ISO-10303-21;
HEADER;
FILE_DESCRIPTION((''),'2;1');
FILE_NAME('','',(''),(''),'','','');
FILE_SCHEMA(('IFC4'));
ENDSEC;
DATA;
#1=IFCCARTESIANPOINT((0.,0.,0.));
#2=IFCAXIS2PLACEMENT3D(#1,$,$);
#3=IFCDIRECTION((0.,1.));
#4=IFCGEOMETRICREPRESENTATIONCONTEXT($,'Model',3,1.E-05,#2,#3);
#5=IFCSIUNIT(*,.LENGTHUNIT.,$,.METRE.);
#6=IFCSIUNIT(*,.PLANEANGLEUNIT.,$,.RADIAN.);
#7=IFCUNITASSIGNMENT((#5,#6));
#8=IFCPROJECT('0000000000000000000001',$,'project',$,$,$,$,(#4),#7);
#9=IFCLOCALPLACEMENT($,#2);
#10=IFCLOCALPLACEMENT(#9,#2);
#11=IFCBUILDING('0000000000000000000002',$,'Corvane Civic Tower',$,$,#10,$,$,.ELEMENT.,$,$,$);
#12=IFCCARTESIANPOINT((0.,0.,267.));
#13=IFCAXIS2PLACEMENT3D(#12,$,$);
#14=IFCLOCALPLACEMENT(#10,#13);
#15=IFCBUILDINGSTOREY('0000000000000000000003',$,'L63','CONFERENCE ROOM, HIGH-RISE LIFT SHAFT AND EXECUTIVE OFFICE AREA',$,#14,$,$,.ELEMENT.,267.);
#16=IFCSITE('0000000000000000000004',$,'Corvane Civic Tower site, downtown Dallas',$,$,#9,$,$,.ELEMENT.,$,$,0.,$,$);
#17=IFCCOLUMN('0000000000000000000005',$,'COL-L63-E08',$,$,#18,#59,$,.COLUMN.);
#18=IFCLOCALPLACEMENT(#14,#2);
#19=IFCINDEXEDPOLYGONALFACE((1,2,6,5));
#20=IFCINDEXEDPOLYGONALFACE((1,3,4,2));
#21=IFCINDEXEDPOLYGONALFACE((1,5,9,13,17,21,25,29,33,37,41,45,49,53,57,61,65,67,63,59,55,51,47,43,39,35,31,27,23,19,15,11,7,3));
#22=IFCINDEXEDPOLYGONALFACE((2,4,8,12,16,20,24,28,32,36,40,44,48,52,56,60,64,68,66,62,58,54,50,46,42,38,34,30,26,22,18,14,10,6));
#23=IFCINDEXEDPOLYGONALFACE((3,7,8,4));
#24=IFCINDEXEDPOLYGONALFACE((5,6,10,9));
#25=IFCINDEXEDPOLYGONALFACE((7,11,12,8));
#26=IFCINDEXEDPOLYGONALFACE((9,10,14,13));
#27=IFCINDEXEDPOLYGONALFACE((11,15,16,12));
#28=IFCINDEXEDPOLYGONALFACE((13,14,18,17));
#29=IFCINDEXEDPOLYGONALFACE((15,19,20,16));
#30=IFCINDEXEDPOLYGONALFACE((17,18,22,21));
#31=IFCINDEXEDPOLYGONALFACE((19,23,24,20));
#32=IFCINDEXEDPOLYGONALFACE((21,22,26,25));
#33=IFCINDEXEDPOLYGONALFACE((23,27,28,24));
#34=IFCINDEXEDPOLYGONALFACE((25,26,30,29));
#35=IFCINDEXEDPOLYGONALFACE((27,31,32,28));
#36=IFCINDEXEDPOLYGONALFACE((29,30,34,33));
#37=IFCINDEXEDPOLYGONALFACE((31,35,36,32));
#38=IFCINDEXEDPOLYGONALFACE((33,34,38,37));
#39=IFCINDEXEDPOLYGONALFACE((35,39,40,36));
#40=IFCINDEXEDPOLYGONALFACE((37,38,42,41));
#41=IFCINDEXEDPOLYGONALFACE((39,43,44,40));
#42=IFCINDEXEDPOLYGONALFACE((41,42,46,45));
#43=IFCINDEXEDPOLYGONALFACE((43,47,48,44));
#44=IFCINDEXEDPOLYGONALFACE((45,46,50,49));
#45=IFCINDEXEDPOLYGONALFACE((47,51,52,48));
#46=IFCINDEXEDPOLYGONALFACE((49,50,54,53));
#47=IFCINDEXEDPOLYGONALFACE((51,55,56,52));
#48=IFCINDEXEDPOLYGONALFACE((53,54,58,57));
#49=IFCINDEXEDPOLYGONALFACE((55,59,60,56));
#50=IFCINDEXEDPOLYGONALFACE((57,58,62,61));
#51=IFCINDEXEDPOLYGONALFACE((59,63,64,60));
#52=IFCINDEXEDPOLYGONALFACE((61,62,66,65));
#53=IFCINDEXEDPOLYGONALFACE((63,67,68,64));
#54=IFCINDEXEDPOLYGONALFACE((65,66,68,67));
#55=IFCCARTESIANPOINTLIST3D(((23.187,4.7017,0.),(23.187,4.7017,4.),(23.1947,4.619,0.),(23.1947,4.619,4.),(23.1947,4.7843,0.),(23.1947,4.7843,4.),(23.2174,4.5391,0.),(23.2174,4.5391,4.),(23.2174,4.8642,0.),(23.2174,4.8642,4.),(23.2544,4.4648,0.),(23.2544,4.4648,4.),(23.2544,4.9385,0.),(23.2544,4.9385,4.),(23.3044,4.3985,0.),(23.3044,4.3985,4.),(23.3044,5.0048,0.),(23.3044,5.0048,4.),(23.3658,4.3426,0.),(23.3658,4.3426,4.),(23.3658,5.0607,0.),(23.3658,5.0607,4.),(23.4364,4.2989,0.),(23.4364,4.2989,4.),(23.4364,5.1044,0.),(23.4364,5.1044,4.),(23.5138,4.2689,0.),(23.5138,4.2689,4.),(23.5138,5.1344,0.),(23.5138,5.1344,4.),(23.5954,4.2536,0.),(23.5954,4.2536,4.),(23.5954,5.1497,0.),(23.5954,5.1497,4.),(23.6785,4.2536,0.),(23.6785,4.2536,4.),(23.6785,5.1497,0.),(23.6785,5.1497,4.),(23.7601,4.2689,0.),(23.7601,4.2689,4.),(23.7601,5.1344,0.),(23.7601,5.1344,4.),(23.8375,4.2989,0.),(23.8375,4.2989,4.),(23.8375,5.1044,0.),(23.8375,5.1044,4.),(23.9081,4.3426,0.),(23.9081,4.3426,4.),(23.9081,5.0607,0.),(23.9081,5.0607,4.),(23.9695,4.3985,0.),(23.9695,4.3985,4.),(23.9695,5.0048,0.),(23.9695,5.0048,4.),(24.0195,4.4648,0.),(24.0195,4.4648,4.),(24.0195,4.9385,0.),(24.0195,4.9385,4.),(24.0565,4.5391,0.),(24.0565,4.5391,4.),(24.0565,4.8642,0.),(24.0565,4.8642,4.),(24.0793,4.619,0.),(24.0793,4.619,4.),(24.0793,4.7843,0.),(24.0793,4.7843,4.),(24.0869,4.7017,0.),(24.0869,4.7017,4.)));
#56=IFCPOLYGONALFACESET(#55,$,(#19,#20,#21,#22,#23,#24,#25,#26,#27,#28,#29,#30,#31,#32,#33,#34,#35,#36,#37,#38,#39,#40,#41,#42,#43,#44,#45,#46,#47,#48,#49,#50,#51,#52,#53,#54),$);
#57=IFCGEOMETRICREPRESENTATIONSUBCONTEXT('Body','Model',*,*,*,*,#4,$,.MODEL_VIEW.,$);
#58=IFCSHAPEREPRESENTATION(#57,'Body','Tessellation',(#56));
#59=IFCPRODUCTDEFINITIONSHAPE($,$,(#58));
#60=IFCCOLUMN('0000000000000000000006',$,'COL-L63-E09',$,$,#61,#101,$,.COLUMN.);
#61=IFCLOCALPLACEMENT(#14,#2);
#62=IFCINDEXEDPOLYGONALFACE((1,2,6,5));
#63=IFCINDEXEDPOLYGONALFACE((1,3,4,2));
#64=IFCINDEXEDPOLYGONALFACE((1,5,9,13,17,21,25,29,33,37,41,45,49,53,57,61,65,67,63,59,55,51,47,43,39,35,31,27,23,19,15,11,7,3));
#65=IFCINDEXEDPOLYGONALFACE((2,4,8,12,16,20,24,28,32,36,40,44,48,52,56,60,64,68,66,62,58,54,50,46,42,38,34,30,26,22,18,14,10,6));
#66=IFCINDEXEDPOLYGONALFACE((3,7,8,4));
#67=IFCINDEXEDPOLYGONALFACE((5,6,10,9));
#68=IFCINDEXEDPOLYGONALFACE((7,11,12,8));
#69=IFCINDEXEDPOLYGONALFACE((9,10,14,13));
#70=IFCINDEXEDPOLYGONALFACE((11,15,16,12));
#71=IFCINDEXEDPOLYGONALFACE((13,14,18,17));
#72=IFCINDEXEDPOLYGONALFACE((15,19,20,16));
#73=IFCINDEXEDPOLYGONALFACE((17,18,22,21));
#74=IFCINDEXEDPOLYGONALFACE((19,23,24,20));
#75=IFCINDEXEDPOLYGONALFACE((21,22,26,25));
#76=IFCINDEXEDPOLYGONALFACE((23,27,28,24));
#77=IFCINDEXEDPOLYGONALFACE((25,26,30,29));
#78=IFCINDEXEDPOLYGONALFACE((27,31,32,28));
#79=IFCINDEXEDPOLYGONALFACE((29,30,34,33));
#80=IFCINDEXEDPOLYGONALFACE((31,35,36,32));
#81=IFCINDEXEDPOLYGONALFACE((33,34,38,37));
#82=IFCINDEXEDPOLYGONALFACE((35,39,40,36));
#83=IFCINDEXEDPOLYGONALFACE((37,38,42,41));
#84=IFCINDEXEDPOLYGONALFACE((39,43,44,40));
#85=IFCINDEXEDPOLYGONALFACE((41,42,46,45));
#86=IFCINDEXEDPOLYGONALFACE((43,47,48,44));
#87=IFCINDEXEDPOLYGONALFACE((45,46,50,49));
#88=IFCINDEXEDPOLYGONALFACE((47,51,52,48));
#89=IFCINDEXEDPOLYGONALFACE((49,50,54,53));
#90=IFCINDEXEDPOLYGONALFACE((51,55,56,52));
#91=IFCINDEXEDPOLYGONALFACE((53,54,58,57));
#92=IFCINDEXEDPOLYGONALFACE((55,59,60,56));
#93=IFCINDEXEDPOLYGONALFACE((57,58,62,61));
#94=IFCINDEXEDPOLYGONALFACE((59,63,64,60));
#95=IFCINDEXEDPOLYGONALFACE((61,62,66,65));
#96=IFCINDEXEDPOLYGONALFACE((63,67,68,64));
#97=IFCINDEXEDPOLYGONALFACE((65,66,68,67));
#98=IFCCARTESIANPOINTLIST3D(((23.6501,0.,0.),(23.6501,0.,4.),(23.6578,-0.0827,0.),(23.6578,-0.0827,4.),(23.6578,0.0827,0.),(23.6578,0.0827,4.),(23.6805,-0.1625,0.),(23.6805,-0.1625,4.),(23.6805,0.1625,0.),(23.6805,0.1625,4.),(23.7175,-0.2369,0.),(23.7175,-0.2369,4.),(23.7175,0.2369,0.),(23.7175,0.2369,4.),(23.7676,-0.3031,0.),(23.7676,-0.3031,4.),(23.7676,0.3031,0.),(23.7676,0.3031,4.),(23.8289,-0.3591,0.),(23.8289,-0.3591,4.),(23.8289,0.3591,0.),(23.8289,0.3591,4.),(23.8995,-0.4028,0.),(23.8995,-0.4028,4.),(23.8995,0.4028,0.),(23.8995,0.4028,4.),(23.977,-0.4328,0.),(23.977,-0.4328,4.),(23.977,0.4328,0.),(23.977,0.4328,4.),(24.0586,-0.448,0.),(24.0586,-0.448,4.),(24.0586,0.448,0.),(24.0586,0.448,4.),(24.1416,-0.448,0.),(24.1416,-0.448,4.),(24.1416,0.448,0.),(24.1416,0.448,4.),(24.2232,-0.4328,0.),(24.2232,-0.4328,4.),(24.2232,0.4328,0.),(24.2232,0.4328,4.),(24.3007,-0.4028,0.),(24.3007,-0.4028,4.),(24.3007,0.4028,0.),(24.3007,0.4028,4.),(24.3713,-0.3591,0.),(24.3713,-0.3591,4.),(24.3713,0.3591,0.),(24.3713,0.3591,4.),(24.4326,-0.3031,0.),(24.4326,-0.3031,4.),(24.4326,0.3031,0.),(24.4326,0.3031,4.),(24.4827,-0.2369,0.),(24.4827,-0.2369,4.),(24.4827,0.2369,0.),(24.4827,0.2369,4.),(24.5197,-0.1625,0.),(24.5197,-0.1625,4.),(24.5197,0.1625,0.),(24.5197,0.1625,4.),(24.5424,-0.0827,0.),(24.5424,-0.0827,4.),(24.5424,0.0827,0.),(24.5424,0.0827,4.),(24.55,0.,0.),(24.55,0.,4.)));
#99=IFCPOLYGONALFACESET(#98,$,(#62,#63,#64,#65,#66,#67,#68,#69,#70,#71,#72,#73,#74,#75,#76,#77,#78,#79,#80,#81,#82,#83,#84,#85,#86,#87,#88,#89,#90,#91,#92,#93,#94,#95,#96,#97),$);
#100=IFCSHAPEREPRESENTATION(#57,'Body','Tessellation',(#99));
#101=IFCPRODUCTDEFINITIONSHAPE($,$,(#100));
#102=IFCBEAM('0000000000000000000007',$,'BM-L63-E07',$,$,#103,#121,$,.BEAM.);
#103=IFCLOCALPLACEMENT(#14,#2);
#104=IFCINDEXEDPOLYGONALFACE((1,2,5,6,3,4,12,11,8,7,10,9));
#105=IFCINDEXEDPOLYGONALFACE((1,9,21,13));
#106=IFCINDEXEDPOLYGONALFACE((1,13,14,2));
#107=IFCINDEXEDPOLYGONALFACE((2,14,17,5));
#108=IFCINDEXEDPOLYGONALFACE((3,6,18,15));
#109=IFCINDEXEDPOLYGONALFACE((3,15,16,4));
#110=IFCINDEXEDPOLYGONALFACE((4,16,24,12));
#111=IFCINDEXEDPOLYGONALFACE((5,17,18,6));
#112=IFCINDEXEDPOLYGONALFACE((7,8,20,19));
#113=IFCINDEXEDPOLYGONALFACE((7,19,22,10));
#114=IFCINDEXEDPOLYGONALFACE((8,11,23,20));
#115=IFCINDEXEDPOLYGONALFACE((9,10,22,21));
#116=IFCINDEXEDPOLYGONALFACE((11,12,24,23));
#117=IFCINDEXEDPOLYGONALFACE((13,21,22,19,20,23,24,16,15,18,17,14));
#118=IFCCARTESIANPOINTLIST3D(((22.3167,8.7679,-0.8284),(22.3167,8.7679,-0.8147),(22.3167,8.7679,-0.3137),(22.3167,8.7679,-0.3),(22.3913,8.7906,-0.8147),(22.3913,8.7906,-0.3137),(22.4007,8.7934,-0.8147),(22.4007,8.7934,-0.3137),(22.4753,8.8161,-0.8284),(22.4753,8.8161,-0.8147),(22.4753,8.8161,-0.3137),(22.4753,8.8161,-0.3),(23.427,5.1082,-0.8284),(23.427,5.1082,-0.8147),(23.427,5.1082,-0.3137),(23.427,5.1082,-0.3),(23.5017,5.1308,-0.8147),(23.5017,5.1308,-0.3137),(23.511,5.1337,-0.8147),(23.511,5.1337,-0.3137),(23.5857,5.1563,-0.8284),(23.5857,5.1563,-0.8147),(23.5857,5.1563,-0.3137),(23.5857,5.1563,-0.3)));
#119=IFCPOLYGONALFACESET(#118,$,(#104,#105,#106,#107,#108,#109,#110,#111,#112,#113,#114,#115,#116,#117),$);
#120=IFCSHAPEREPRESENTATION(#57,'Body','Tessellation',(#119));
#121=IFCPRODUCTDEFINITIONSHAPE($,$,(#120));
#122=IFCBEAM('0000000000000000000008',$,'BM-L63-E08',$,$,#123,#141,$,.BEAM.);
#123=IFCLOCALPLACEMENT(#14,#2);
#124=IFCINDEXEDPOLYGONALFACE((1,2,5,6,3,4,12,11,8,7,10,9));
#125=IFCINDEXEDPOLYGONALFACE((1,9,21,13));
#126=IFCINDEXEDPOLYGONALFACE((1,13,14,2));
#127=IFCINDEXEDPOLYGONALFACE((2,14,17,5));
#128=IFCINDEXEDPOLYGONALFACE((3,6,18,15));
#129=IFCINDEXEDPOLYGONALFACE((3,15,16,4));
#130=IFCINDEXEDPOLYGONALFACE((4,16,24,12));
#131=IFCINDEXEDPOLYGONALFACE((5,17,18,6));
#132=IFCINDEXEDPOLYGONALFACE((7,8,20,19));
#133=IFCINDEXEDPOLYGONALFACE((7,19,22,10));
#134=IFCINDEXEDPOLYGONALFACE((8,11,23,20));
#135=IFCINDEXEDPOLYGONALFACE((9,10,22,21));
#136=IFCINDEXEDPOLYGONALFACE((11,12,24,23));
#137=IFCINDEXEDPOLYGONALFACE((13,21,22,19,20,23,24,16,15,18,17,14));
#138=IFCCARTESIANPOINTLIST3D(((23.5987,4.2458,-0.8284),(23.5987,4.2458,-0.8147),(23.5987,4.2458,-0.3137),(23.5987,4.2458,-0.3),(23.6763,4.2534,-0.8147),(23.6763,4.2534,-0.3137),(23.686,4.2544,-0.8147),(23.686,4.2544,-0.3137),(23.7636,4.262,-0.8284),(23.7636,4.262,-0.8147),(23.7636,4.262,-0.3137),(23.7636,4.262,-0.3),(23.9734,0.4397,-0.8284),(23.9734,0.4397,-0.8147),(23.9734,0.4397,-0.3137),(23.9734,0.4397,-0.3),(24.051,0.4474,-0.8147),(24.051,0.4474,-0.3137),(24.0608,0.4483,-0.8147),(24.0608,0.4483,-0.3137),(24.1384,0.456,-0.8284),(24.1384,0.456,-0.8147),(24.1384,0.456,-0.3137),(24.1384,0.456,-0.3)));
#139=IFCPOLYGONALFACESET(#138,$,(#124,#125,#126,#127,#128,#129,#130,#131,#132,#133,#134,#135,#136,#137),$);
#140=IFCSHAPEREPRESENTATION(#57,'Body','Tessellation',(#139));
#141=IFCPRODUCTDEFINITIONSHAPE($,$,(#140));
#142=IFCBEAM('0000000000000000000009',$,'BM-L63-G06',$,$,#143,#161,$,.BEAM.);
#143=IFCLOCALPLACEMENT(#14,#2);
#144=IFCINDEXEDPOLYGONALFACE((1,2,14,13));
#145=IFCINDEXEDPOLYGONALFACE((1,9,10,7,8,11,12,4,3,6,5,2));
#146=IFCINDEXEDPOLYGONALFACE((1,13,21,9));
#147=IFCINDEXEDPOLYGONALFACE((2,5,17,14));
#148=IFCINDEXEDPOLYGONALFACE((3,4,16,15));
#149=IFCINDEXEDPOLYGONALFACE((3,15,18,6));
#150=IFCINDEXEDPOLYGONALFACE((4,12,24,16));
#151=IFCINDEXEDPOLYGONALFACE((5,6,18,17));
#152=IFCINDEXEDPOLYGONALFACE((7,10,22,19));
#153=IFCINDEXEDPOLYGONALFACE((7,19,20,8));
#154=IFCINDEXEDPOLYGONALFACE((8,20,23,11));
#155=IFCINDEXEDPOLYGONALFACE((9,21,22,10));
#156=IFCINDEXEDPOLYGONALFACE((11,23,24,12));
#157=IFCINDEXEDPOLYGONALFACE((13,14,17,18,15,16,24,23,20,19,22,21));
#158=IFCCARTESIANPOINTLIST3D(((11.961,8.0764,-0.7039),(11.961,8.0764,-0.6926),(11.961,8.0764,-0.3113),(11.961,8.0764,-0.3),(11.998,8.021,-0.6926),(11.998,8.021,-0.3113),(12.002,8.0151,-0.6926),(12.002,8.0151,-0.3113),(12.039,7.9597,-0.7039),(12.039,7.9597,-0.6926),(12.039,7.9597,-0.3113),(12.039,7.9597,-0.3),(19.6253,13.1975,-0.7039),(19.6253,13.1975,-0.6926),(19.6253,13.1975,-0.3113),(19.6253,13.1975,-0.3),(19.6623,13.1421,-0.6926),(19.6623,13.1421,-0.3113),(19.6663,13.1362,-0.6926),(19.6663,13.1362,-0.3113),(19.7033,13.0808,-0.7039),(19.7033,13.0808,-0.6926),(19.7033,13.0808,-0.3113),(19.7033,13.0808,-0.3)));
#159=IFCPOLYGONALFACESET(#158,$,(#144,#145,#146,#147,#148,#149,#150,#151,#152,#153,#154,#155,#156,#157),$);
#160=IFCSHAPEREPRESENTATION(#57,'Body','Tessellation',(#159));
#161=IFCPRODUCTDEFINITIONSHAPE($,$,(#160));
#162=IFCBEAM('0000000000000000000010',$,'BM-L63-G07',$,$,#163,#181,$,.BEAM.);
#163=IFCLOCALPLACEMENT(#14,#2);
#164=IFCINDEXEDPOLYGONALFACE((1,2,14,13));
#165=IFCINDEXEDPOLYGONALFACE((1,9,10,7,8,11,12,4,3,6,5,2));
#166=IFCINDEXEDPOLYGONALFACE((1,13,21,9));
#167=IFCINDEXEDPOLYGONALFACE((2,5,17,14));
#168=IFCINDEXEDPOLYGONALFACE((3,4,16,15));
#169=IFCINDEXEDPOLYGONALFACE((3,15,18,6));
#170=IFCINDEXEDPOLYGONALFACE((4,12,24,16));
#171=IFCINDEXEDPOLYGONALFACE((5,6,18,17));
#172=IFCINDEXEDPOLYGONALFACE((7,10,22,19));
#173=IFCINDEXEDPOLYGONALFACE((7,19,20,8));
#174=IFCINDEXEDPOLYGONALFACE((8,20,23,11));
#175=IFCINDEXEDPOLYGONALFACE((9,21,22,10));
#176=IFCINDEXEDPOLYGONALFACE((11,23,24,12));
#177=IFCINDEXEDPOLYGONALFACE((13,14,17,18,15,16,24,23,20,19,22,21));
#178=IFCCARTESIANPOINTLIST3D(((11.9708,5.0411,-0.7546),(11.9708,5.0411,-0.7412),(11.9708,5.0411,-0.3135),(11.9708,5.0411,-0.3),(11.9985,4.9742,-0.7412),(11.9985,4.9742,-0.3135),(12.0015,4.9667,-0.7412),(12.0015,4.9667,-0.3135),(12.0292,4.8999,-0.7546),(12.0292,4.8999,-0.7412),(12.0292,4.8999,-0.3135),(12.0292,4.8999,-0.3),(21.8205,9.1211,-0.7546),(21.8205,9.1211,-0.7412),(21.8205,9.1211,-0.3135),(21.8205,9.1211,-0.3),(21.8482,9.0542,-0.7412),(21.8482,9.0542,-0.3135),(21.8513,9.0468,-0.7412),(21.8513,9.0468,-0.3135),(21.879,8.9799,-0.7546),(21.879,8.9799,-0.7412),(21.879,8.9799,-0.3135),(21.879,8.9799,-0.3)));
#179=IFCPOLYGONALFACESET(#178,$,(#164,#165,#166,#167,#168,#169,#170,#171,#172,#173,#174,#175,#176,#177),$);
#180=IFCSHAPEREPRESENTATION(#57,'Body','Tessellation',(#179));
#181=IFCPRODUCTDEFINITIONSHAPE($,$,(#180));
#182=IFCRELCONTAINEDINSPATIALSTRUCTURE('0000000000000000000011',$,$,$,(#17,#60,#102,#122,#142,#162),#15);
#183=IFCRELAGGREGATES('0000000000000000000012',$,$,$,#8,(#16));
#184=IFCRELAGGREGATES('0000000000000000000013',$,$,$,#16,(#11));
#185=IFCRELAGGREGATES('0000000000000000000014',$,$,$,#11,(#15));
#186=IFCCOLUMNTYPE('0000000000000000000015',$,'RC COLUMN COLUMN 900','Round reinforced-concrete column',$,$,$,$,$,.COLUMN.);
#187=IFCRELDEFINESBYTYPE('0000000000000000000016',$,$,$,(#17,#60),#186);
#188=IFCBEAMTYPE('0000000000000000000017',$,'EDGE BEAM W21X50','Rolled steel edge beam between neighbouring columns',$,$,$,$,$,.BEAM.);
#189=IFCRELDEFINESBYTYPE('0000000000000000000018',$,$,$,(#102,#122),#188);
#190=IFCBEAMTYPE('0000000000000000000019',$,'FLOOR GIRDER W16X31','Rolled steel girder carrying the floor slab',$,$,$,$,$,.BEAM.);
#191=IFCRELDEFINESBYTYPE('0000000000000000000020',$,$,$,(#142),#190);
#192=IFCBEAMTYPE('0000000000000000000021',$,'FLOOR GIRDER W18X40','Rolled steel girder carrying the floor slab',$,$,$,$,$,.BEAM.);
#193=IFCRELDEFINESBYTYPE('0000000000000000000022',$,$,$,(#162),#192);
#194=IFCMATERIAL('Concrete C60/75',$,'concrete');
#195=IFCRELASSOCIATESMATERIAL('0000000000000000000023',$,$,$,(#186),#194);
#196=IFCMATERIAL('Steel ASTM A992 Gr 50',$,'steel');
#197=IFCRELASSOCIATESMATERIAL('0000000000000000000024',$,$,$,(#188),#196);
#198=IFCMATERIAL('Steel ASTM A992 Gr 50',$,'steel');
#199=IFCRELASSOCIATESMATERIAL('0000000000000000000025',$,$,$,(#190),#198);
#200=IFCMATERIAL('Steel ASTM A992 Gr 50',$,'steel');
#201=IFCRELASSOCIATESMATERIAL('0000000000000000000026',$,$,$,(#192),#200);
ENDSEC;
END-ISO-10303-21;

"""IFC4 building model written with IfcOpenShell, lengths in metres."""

from ifc_helpers import new_model, si_unit, direction, frame, origin, origin_2d, place, context, subcontext, project, spatial, circle, i_section, extrude, material, material_profile, profile_set, type_object, element, save


model = new_model("IFC4")

# Units and contexts
model_context = context("Model", 3, precision=1e-05, world=origin(), true_north=direction((0.0, 1.0)))
body_context = subcontext(model_context, "Body", "Model", "MODEL_VIEW")
ifc_project = project(units=[si_unit("LENGTHUNIT", "METRE"), si_unit("PLANEANGLEUNIT", "RADIAN")], contexts=[model_context])

# Site, building, storey
site_placement = place(None, origin())
site = spatial("IfcSite", under=ifc_project, at=site_placement, Name="Corvane Civic Tower site, downtown Dallas", CompositionType="ELEMENT", RefElevation=0.0)
building_placement = place(site_placement, origin())
building = spatial("IfcBuilding", under=site, at=building_placement, Name="Corvane Civic Tower", CompositionType="ELEMENT")
storey_placement = place(building_placement, frame((0.0, 0.0, 267.0)))
storey = spatial("IfcBuildingStorey", under=building, at=storey_placement, Name="L63", Description="CONFERENCE ROOM, HIGH-RISE LIFT SHAFT AND EXECUTIVE OFFICE AREA", CompositionType="ELEMENT", Elevation=267.0)

# Columns
ifc_material_1 = material(Name="Concrete C60/75", Category="concrete")
ifc_material_profile_1 = material_profile(ifc_material_1, circle(Radius=0.45, at=origin_2d()), Name="COLUMN 900")
ifc_profile_set_1 = profile_set([ifc_material_profile_1], Name="Concrete C60/75")
column_type = type_object("IfcColumnType", Name="RC COLUMN COLUMN 900", Description="Round reinforced-concrete column", PredefinedType="COLUMN", material=ifc_profile_set_1)
for number, where, z_axis, x_axis, name in (
    (1, (23.637, 4.7017, 0.0), (0.0, 0.0, 1.0), (1.0, 0.0, 0.0), "COL-L63-E08"),
    (2, (24.1001, 0.0, 0.0), (0.0, 0.0, 1.0), (1.0, 0.0, 0.0), "COL-L63-E09"),
):
    element("IfcColumn", number, at=place(storey_placement, frame(where, z_axis=z_axis, x_axis=x_axis)), inside=storey, type_object=column_type, Name=name, PredefinedType="COLUMN", context=body_context, shape_type="SweptSolid", body=[
        extrude(circle(Radius=0.45, at=origin_2d()), origin(), (0.0, 0.0, 1.0), 4.0),
    ])

# Beams
ifc_material_2 = material(Name="Steel ASTM A992 Gr 50", Category="steel")
ifc_material_profile_2 = material_profile(ifc_material_2, i_section(OverallWidth=0.1658, OverallDepth=0.5283, WebThickness=0.0098, FlangeThickness=0.0137, at=origin_2d()), Name="W21X50")
ifc_profile_set_2 = profile_set([ifc_material_profile_2], Name="Steel ASTM A992 Gr 50")
beam_type_1 = type_object("IfcBeamType", Name="EDGE BEAM W21X50", Description="Rolled steel edge beam between neighbouring columns", PredefinedType="BEAM", material=ifc_profile_set_2)
for number, where, z_axis, x_axis, name in (
    (3, (22.396, 8.792, -0.5642), (0.290333, -0.956926, 0.0), (0.956926, 0.290333, 0.0), "BM-L63-E07"),
    (4, (23.6812, 4.2539, -0.5642), (0.097987, -0.995188, 0.0), (0.995188, 0.097987, 0.0), "BM-L63-E08"),
):
    element("IfcBeam", number, at=place(storey_placement, frame(where, z_axis=z_axis, x_axis=x_axis)), inside=storey, type_object=beam_type_1, Name=name, PredefinedType="BEAM", context=body_context, shape_type="SweptSolid", body=[
        extrude(i_section(OverallWidth=0.1658, OverallDepth=0.5283, WebThickness=0.0098, FlangeThickness=0.0137, at=origin_2d()), origin(), (0.0, 0.0, 1.0), 3.8245),
    ])
ifc_material_3 = material(Name="Steel ASTM A992 Gr 50", Category="steel")
ifc_material_profile_3 = material_profile(ifc_material_3, i_section(OverallWidth=0.1404, OverallDepth=0.4038, WebThickness=0.0071, FlangeThickness=0.0112, at=origin_2d()), Name="W16X31")
ifc_profile_set_3 = profile_set([ifc_material_profile_3], Name="Steel ASTM A992 Gr 50")
beam_type_2 = type_object("IfcBeamType", Name="FLOOR GIRDER W16X31", Description="Rolled steel girder carrying the floor slab", PredefinedType="BEAM", material=ifc_profile_set_3)
beam_1_placement = place(storey_placement, frame((12.0, 8.0181, -0.502), z_axis=(0.831471, 0.555568, 0.0), x_axis=(-0.555568, 0.831471, 0.0)))
element("IfcBeam", 5, at=beam_1_placement, inside=storey, type_object=beam_type_2, Name="BM-L63-G06", PredefinedType="BEAM", context=body_context, shape_type="SweptSolid", body=[
    extrude(i_section(OverallWidth=0.1404, OverallDepth=0.4038, WebThickness=0.0071, FlangeThickness=0.0112, at=origin_2d()), origin(), (0.0, 0.0, 1.0), 9.2178),
])
ifc_material_4 = material(Name="Steel ASTM A992 Gr 50", Category="steel")
ifc_material_profile_4 = material_profile(ifc_material_4, i_section(OverallWidth=0.1528, OverallDepth=0.4546, WebThickness=0.0081, FlangeThickness=0.0134, at=origin_2d()), Name="W18X40")
ifc_profile_set_4 = profile_set([ifc_material_profile_4], Name="Steel ASTM A992 Gr 50")
beam_type_3 = type_object("IfcBeamType", Name="FLOOR GIRDER W18X40", Description="Rolled steel girder carrying the floor slab", PredefinedType="BEAM", material=ifc_profile_set_4)
beam_2_placement = place(storey_placement, frame((12.0, 4.9705, -0.5273), z_axis=(0.923875, 0.382694, 0.0), x_axis=(-0.382694, 0.923875, 0.0)))
element("IfcBeam", 6, at=beam_2_placement, inside=storey, type_object=beam_type_3, Name="BM-L63-G07", PredefinedType="BEAM", context=body_context, shape_type="SweptSolid", body=[
    extrude(i_section(OverallWidth=0.1528, OverallDepth=0.4546, WebThickness=0.0081, FlangeThickness=0.0134, at=origin_2d()), origin(), (0.0, 0.0, 1.0), 10.6614),
])

save(model, "model.ifc")
